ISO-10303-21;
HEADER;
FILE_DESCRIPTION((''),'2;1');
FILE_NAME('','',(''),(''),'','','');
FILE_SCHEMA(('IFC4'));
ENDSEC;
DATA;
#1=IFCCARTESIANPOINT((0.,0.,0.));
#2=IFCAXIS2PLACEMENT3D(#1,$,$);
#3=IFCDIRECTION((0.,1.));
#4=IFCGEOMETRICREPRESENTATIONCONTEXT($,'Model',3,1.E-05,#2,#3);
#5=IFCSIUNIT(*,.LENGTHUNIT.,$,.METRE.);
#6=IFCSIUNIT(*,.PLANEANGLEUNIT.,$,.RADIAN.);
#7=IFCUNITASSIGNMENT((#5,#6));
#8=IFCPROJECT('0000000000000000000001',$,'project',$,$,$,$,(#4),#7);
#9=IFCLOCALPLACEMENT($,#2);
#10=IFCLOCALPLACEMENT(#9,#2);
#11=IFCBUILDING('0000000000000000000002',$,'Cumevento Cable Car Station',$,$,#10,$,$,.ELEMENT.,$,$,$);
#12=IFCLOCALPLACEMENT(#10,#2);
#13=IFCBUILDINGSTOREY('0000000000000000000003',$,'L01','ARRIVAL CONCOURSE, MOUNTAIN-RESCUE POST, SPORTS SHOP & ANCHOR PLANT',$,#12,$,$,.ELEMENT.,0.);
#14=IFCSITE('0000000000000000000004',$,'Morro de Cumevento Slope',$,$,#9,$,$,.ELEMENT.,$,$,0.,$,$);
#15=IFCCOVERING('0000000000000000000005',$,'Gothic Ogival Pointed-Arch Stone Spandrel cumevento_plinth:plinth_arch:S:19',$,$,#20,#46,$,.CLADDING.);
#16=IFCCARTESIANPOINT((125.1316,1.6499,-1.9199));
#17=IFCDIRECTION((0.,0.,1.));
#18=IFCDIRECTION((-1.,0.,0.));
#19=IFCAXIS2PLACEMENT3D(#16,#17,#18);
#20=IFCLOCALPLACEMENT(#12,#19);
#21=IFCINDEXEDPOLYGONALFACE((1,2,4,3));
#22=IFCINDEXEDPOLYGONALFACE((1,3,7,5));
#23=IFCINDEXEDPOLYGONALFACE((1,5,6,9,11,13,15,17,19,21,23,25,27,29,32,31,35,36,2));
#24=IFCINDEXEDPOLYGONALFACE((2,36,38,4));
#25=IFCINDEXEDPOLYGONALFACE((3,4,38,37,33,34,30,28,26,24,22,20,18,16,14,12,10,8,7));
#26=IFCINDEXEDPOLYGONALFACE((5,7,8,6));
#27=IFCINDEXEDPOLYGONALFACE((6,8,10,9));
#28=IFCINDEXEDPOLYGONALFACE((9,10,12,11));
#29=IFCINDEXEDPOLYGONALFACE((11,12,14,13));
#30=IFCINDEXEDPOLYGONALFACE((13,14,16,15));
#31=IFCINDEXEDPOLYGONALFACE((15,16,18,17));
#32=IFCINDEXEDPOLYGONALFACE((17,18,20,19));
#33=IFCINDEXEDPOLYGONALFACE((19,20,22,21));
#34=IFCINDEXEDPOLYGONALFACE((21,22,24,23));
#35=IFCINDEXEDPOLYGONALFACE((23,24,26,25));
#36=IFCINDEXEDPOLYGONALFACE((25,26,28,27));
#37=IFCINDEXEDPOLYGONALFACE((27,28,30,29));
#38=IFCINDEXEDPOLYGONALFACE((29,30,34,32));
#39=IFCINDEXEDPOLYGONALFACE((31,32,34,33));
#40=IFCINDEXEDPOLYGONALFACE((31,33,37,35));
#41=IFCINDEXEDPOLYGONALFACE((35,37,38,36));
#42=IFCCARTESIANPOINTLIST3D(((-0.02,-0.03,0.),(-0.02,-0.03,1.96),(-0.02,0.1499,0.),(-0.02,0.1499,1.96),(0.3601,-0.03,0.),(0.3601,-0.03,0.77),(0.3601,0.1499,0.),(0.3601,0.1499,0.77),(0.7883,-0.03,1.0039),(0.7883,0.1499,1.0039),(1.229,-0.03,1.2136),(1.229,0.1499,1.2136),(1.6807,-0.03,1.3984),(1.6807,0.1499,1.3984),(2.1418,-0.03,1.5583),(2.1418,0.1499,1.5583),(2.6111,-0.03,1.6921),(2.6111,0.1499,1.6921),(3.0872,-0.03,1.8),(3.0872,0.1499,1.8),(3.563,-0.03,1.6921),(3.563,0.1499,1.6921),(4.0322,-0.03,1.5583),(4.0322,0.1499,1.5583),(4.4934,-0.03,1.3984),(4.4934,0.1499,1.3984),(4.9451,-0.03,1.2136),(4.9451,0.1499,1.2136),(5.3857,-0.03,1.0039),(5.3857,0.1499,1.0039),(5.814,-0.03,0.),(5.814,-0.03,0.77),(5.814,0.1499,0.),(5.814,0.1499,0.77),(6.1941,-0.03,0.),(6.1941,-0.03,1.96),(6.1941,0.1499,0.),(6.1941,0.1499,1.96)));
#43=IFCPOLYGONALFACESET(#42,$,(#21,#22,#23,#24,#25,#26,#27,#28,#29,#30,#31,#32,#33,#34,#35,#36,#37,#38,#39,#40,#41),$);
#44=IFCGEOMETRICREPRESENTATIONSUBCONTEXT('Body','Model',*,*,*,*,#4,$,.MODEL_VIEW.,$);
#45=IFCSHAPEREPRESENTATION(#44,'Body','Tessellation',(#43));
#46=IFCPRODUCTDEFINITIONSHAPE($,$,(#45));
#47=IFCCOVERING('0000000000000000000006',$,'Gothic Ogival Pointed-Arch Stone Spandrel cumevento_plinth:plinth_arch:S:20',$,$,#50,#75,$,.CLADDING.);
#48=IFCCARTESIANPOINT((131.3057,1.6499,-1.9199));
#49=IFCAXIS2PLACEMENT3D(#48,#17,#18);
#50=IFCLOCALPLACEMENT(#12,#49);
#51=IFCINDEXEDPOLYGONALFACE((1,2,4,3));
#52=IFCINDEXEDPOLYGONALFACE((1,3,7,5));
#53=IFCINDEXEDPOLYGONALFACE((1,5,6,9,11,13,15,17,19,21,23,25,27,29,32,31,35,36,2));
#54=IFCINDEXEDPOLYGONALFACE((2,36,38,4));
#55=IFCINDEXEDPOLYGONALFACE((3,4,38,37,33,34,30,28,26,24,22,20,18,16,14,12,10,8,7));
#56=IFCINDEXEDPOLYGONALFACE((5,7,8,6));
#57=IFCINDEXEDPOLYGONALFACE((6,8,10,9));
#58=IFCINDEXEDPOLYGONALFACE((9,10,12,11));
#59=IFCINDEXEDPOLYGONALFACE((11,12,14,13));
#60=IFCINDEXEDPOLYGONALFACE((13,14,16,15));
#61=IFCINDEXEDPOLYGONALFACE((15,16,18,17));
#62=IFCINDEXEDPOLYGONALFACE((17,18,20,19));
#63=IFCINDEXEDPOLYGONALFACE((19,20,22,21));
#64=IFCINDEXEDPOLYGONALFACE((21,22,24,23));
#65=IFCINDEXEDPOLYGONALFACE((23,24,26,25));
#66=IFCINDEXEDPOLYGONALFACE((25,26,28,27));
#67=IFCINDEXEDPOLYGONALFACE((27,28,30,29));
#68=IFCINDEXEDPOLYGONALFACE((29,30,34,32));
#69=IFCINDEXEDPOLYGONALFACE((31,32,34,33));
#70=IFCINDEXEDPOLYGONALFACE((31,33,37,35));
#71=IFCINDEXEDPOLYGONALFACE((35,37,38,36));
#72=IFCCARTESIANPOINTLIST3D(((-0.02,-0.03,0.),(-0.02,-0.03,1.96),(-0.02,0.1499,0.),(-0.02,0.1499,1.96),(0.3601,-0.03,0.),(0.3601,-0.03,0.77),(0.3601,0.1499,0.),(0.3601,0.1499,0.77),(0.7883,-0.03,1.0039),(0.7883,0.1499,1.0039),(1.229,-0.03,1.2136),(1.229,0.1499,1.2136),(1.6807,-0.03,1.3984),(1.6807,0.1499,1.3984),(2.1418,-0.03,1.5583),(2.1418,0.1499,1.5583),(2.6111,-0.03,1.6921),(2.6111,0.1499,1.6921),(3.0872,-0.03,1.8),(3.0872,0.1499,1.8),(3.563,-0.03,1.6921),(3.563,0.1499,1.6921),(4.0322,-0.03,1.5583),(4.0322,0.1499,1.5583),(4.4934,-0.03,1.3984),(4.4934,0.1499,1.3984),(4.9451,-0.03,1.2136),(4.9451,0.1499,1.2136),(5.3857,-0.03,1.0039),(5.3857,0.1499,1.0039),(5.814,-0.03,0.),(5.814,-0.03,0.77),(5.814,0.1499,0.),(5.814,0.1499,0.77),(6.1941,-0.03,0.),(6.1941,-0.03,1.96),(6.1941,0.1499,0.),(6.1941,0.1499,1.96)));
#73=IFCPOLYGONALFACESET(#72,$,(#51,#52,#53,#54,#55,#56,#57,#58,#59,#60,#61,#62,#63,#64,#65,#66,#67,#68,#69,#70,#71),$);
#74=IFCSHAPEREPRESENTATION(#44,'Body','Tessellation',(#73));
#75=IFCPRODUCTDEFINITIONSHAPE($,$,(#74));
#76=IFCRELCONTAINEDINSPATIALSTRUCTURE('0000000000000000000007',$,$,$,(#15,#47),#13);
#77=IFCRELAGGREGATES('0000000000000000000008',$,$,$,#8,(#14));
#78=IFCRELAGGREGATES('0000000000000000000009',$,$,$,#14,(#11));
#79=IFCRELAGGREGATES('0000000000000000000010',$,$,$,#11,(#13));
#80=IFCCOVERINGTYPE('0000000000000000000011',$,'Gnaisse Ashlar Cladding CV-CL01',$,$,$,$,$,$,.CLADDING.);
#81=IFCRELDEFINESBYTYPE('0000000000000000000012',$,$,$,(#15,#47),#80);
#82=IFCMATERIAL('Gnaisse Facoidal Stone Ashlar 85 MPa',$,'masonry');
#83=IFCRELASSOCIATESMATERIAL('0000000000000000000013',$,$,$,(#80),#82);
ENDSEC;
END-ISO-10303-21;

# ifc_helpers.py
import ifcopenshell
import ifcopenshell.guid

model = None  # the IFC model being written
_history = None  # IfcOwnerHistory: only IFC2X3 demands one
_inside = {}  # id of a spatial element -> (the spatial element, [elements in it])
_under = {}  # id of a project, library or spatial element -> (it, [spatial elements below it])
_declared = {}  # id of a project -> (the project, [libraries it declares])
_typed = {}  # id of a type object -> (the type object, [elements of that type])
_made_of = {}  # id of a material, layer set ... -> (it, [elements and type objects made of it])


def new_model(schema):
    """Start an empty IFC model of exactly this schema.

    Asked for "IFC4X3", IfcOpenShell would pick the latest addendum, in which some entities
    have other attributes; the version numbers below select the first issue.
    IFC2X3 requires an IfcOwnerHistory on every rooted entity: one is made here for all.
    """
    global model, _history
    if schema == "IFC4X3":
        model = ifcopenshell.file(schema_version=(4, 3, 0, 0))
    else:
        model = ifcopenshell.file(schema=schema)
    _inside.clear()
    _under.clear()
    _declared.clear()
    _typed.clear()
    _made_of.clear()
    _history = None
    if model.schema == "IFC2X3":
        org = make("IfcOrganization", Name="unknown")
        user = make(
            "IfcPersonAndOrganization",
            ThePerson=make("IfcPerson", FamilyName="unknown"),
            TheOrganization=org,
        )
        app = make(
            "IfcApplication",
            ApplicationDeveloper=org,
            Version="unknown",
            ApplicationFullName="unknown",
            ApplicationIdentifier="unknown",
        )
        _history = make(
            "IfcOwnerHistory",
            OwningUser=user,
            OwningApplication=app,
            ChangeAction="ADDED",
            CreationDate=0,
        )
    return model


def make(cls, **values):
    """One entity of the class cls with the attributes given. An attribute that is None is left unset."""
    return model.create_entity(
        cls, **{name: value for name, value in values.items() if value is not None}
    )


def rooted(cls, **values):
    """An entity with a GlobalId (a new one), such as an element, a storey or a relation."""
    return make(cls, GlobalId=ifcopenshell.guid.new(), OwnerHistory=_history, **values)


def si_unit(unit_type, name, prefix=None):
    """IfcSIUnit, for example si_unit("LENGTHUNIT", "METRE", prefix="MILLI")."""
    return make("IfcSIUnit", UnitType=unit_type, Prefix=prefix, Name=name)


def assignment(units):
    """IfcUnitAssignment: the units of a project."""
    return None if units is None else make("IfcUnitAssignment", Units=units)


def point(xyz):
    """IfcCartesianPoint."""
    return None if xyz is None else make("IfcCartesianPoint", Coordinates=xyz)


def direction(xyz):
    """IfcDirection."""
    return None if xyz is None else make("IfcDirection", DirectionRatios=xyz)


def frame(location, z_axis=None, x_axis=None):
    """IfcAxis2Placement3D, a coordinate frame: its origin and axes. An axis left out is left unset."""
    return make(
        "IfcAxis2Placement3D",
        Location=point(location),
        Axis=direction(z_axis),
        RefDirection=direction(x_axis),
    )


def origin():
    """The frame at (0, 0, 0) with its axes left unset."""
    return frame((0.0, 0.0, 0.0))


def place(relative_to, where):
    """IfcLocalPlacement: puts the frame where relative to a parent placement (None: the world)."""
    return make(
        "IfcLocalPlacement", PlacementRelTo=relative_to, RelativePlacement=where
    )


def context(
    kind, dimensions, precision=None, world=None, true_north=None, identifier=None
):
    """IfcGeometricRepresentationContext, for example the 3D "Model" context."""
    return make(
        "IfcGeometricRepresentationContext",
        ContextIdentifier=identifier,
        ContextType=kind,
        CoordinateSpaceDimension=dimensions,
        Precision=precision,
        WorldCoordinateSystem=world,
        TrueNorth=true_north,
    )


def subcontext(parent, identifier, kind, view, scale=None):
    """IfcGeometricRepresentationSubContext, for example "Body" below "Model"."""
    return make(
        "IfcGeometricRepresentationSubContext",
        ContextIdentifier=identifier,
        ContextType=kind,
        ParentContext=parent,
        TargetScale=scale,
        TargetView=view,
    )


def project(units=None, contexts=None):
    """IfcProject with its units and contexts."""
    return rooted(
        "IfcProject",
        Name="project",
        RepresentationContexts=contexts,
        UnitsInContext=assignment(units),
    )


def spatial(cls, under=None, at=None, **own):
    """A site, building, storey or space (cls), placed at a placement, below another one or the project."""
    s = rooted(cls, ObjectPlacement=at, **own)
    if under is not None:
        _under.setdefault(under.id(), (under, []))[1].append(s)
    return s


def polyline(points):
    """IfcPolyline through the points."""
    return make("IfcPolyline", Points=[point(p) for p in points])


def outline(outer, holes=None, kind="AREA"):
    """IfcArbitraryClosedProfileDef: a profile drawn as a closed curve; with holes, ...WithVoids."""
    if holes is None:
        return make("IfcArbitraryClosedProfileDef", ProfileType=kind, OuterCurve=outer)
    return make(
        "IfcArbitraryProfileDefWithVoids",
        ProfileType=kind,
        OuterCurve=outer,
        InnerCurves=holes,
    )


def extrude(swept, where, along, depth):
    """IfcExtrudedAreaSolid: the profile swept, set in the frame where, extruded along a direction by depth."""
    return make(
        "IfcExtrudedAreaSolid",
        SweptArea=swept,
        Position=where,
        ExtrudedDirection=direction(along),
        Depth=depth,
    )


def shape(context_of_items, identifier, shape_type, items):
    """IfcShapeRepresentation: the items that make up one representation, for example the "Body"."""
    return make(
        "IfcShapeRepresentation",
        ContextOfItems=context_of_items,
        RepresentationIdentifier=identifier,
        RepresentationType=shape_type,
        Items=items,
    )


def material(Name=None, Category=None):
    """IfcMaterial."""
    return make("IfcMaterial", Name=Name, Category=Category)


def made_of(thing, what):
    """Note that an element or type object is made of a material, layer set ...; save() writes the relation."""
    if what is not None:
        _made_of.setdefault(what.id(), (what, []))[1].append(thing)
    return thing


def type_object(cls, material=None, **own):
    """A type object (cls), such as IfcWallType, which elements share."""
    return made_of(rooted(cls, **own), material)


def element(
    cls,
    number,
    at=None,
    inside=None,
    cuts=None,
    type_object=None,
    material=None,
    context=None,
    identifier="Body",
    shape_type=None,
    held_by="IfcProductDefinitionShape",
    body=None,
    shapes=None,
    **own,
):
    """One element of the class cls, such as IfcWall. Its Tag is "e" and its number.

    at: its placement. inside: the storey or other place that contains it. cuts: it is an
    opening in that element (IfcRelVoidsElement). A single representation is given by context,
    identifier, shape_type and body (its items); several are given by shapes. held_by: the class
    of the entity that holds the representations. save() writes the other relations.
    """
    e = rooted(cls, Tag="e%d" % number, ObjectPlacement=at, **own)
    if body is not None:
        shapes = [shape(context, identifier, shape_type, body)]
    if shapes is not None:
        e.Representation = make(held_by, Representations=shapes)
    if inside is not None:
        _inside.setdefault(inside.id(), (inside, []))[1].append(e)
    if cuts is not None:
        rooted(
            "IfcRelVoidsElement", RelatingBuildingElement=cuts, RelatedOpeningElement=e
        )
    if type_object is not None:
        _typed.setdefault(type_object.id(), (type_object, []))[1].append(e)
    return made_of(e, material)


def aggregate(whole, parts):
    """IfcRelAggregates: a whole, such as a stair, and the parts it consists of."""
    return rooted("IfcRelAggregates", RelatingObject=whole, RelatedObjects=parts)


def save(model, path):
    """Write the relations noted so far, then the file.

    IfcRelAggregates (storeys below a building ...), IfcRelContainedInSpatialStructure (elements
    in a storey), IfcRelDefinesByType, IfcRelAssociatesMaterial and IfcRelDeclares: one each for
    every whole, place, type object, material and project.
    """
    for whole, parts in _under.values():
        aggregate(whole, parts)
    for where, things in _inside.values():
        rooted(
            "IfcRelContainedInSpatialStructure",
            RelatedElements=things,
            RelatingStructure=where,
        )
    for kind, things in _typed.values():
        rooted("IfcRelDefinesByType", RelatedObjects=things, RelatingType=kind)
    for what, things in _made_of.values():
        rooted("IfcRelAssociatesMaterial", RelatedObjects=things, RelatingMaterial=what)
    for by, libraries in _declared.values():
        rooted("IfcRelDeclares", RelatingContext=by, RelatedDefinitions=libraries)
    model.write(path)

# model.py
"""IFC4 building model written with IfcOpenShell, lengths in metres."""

from ifc_helpers import new_model, si_unit, direction, frame, origin, place, context, subcontext, project, spatial, polyline, outline, extrude, material, type_object, element, save


model = new_model("IFC4")

# Units and contexts
model_context = context("Model", 3, precision=1e-05, world=origin(), true_north=direction((0.0, 1.0)))
body_context = subcontext(model_context, "Body", "Model", "MODEL_VIEW")
ifc_project = project(units=[si_unit("LENGTHUNIT", "METRE"), si_unit("PLANEANGLEUNIT", "RADIAN")], contexts=[model_context])

# Site, building, storey
site_placement = place(None, origin())
site = spatial("IfcSite", under=ifc_project, at=site_placement, Name="Morro de Cumevento Slope", CompositionType="ELEMENT", RefElevation=0.0)
building_placement = place(site_placement, origin())
building = spatial("IfcBuilding", under=site, at=building_placement, Name="Cumevento Cable Car Station", CompositionType="ELEMENT")
storey_placement = place(building_placement, origin())
storey = spatial("IfcBuildingStorey", under=building, at=storey_placement, Name="L01", Description="ARRIVAL CONCOURSE, MOUNTAIN-RESCUE POST, SPORTS SHOP & ANCHOR PLANT", CompositionType="ELEMENT", Elevation=0.0)

# Coverings
ifc_material_1 = material(Name="Gnaisse Facoidal Stone Ashlar 85 MPa", Category="masonry")
covering_type = type_object("IfcCoveringType", Name="Gnaisse Ashlar Cladding CV-CL01", PredefinedType="CLADDING", material=ifc_material_1)
for number, where, z_axis, x_axis, name in (
    (1, (125.1316, 1.6499, -1.9199), (0.0, 0.0, 1.0), (-1.0, 0.0, 0.0), "Gothic Ogival Pointed-Arch Stone Spandrel cumevento_plinth:plinth_arch:S:19"),
    (2, (131.3057, 1.6499, -1.9199), (0.0, 0.0, 1.0), (-1.0, 0.0, 0.0), "Gothic Ogival Pointed-Arch Stone Spandrel cumevento_plinth:plinth_arch:S:20"),
):
    element("IfcCovering", number, at=place(storey_placement, frame(where, z_axis=z_axis, x_axis=x_axis)), inside=storey, type_object=covering_type, Name=name, PredefinedType="CLADDING", context=body_context, shape_type="SweptSolid", body=[
        extrude(outline(polyline([(-0.02, 0.0), (-0.02, 1.96), (6.1941, 1.96), (6.1941, 0.0), (5.814, 0.0), (5.814, 0.77), (5.3857, 1.0039), (4.9451, 1.2136), (4.4934, 1.3984), (4.0322, 1.5583), (3.563, 1.6921), (3.0872, 1.8), (2.6111, 1.6921), (2.1418, 1.5583), (1.6807, 1.3984), (1.229, 1.2136), (0.7883, 1.0039), (0.3601, 0.77), (0.3601, 0.0), (-0.02, 0.0)])), frame((0.0, 0.1499, 0.0), z_axis=(0.0, -1.0, 0.0), x_axis=(1.0, 0.0, 0.0)), (0.0, 0.0, 1.0), 0.1799),
    ])

save(model, "model.ifc")
